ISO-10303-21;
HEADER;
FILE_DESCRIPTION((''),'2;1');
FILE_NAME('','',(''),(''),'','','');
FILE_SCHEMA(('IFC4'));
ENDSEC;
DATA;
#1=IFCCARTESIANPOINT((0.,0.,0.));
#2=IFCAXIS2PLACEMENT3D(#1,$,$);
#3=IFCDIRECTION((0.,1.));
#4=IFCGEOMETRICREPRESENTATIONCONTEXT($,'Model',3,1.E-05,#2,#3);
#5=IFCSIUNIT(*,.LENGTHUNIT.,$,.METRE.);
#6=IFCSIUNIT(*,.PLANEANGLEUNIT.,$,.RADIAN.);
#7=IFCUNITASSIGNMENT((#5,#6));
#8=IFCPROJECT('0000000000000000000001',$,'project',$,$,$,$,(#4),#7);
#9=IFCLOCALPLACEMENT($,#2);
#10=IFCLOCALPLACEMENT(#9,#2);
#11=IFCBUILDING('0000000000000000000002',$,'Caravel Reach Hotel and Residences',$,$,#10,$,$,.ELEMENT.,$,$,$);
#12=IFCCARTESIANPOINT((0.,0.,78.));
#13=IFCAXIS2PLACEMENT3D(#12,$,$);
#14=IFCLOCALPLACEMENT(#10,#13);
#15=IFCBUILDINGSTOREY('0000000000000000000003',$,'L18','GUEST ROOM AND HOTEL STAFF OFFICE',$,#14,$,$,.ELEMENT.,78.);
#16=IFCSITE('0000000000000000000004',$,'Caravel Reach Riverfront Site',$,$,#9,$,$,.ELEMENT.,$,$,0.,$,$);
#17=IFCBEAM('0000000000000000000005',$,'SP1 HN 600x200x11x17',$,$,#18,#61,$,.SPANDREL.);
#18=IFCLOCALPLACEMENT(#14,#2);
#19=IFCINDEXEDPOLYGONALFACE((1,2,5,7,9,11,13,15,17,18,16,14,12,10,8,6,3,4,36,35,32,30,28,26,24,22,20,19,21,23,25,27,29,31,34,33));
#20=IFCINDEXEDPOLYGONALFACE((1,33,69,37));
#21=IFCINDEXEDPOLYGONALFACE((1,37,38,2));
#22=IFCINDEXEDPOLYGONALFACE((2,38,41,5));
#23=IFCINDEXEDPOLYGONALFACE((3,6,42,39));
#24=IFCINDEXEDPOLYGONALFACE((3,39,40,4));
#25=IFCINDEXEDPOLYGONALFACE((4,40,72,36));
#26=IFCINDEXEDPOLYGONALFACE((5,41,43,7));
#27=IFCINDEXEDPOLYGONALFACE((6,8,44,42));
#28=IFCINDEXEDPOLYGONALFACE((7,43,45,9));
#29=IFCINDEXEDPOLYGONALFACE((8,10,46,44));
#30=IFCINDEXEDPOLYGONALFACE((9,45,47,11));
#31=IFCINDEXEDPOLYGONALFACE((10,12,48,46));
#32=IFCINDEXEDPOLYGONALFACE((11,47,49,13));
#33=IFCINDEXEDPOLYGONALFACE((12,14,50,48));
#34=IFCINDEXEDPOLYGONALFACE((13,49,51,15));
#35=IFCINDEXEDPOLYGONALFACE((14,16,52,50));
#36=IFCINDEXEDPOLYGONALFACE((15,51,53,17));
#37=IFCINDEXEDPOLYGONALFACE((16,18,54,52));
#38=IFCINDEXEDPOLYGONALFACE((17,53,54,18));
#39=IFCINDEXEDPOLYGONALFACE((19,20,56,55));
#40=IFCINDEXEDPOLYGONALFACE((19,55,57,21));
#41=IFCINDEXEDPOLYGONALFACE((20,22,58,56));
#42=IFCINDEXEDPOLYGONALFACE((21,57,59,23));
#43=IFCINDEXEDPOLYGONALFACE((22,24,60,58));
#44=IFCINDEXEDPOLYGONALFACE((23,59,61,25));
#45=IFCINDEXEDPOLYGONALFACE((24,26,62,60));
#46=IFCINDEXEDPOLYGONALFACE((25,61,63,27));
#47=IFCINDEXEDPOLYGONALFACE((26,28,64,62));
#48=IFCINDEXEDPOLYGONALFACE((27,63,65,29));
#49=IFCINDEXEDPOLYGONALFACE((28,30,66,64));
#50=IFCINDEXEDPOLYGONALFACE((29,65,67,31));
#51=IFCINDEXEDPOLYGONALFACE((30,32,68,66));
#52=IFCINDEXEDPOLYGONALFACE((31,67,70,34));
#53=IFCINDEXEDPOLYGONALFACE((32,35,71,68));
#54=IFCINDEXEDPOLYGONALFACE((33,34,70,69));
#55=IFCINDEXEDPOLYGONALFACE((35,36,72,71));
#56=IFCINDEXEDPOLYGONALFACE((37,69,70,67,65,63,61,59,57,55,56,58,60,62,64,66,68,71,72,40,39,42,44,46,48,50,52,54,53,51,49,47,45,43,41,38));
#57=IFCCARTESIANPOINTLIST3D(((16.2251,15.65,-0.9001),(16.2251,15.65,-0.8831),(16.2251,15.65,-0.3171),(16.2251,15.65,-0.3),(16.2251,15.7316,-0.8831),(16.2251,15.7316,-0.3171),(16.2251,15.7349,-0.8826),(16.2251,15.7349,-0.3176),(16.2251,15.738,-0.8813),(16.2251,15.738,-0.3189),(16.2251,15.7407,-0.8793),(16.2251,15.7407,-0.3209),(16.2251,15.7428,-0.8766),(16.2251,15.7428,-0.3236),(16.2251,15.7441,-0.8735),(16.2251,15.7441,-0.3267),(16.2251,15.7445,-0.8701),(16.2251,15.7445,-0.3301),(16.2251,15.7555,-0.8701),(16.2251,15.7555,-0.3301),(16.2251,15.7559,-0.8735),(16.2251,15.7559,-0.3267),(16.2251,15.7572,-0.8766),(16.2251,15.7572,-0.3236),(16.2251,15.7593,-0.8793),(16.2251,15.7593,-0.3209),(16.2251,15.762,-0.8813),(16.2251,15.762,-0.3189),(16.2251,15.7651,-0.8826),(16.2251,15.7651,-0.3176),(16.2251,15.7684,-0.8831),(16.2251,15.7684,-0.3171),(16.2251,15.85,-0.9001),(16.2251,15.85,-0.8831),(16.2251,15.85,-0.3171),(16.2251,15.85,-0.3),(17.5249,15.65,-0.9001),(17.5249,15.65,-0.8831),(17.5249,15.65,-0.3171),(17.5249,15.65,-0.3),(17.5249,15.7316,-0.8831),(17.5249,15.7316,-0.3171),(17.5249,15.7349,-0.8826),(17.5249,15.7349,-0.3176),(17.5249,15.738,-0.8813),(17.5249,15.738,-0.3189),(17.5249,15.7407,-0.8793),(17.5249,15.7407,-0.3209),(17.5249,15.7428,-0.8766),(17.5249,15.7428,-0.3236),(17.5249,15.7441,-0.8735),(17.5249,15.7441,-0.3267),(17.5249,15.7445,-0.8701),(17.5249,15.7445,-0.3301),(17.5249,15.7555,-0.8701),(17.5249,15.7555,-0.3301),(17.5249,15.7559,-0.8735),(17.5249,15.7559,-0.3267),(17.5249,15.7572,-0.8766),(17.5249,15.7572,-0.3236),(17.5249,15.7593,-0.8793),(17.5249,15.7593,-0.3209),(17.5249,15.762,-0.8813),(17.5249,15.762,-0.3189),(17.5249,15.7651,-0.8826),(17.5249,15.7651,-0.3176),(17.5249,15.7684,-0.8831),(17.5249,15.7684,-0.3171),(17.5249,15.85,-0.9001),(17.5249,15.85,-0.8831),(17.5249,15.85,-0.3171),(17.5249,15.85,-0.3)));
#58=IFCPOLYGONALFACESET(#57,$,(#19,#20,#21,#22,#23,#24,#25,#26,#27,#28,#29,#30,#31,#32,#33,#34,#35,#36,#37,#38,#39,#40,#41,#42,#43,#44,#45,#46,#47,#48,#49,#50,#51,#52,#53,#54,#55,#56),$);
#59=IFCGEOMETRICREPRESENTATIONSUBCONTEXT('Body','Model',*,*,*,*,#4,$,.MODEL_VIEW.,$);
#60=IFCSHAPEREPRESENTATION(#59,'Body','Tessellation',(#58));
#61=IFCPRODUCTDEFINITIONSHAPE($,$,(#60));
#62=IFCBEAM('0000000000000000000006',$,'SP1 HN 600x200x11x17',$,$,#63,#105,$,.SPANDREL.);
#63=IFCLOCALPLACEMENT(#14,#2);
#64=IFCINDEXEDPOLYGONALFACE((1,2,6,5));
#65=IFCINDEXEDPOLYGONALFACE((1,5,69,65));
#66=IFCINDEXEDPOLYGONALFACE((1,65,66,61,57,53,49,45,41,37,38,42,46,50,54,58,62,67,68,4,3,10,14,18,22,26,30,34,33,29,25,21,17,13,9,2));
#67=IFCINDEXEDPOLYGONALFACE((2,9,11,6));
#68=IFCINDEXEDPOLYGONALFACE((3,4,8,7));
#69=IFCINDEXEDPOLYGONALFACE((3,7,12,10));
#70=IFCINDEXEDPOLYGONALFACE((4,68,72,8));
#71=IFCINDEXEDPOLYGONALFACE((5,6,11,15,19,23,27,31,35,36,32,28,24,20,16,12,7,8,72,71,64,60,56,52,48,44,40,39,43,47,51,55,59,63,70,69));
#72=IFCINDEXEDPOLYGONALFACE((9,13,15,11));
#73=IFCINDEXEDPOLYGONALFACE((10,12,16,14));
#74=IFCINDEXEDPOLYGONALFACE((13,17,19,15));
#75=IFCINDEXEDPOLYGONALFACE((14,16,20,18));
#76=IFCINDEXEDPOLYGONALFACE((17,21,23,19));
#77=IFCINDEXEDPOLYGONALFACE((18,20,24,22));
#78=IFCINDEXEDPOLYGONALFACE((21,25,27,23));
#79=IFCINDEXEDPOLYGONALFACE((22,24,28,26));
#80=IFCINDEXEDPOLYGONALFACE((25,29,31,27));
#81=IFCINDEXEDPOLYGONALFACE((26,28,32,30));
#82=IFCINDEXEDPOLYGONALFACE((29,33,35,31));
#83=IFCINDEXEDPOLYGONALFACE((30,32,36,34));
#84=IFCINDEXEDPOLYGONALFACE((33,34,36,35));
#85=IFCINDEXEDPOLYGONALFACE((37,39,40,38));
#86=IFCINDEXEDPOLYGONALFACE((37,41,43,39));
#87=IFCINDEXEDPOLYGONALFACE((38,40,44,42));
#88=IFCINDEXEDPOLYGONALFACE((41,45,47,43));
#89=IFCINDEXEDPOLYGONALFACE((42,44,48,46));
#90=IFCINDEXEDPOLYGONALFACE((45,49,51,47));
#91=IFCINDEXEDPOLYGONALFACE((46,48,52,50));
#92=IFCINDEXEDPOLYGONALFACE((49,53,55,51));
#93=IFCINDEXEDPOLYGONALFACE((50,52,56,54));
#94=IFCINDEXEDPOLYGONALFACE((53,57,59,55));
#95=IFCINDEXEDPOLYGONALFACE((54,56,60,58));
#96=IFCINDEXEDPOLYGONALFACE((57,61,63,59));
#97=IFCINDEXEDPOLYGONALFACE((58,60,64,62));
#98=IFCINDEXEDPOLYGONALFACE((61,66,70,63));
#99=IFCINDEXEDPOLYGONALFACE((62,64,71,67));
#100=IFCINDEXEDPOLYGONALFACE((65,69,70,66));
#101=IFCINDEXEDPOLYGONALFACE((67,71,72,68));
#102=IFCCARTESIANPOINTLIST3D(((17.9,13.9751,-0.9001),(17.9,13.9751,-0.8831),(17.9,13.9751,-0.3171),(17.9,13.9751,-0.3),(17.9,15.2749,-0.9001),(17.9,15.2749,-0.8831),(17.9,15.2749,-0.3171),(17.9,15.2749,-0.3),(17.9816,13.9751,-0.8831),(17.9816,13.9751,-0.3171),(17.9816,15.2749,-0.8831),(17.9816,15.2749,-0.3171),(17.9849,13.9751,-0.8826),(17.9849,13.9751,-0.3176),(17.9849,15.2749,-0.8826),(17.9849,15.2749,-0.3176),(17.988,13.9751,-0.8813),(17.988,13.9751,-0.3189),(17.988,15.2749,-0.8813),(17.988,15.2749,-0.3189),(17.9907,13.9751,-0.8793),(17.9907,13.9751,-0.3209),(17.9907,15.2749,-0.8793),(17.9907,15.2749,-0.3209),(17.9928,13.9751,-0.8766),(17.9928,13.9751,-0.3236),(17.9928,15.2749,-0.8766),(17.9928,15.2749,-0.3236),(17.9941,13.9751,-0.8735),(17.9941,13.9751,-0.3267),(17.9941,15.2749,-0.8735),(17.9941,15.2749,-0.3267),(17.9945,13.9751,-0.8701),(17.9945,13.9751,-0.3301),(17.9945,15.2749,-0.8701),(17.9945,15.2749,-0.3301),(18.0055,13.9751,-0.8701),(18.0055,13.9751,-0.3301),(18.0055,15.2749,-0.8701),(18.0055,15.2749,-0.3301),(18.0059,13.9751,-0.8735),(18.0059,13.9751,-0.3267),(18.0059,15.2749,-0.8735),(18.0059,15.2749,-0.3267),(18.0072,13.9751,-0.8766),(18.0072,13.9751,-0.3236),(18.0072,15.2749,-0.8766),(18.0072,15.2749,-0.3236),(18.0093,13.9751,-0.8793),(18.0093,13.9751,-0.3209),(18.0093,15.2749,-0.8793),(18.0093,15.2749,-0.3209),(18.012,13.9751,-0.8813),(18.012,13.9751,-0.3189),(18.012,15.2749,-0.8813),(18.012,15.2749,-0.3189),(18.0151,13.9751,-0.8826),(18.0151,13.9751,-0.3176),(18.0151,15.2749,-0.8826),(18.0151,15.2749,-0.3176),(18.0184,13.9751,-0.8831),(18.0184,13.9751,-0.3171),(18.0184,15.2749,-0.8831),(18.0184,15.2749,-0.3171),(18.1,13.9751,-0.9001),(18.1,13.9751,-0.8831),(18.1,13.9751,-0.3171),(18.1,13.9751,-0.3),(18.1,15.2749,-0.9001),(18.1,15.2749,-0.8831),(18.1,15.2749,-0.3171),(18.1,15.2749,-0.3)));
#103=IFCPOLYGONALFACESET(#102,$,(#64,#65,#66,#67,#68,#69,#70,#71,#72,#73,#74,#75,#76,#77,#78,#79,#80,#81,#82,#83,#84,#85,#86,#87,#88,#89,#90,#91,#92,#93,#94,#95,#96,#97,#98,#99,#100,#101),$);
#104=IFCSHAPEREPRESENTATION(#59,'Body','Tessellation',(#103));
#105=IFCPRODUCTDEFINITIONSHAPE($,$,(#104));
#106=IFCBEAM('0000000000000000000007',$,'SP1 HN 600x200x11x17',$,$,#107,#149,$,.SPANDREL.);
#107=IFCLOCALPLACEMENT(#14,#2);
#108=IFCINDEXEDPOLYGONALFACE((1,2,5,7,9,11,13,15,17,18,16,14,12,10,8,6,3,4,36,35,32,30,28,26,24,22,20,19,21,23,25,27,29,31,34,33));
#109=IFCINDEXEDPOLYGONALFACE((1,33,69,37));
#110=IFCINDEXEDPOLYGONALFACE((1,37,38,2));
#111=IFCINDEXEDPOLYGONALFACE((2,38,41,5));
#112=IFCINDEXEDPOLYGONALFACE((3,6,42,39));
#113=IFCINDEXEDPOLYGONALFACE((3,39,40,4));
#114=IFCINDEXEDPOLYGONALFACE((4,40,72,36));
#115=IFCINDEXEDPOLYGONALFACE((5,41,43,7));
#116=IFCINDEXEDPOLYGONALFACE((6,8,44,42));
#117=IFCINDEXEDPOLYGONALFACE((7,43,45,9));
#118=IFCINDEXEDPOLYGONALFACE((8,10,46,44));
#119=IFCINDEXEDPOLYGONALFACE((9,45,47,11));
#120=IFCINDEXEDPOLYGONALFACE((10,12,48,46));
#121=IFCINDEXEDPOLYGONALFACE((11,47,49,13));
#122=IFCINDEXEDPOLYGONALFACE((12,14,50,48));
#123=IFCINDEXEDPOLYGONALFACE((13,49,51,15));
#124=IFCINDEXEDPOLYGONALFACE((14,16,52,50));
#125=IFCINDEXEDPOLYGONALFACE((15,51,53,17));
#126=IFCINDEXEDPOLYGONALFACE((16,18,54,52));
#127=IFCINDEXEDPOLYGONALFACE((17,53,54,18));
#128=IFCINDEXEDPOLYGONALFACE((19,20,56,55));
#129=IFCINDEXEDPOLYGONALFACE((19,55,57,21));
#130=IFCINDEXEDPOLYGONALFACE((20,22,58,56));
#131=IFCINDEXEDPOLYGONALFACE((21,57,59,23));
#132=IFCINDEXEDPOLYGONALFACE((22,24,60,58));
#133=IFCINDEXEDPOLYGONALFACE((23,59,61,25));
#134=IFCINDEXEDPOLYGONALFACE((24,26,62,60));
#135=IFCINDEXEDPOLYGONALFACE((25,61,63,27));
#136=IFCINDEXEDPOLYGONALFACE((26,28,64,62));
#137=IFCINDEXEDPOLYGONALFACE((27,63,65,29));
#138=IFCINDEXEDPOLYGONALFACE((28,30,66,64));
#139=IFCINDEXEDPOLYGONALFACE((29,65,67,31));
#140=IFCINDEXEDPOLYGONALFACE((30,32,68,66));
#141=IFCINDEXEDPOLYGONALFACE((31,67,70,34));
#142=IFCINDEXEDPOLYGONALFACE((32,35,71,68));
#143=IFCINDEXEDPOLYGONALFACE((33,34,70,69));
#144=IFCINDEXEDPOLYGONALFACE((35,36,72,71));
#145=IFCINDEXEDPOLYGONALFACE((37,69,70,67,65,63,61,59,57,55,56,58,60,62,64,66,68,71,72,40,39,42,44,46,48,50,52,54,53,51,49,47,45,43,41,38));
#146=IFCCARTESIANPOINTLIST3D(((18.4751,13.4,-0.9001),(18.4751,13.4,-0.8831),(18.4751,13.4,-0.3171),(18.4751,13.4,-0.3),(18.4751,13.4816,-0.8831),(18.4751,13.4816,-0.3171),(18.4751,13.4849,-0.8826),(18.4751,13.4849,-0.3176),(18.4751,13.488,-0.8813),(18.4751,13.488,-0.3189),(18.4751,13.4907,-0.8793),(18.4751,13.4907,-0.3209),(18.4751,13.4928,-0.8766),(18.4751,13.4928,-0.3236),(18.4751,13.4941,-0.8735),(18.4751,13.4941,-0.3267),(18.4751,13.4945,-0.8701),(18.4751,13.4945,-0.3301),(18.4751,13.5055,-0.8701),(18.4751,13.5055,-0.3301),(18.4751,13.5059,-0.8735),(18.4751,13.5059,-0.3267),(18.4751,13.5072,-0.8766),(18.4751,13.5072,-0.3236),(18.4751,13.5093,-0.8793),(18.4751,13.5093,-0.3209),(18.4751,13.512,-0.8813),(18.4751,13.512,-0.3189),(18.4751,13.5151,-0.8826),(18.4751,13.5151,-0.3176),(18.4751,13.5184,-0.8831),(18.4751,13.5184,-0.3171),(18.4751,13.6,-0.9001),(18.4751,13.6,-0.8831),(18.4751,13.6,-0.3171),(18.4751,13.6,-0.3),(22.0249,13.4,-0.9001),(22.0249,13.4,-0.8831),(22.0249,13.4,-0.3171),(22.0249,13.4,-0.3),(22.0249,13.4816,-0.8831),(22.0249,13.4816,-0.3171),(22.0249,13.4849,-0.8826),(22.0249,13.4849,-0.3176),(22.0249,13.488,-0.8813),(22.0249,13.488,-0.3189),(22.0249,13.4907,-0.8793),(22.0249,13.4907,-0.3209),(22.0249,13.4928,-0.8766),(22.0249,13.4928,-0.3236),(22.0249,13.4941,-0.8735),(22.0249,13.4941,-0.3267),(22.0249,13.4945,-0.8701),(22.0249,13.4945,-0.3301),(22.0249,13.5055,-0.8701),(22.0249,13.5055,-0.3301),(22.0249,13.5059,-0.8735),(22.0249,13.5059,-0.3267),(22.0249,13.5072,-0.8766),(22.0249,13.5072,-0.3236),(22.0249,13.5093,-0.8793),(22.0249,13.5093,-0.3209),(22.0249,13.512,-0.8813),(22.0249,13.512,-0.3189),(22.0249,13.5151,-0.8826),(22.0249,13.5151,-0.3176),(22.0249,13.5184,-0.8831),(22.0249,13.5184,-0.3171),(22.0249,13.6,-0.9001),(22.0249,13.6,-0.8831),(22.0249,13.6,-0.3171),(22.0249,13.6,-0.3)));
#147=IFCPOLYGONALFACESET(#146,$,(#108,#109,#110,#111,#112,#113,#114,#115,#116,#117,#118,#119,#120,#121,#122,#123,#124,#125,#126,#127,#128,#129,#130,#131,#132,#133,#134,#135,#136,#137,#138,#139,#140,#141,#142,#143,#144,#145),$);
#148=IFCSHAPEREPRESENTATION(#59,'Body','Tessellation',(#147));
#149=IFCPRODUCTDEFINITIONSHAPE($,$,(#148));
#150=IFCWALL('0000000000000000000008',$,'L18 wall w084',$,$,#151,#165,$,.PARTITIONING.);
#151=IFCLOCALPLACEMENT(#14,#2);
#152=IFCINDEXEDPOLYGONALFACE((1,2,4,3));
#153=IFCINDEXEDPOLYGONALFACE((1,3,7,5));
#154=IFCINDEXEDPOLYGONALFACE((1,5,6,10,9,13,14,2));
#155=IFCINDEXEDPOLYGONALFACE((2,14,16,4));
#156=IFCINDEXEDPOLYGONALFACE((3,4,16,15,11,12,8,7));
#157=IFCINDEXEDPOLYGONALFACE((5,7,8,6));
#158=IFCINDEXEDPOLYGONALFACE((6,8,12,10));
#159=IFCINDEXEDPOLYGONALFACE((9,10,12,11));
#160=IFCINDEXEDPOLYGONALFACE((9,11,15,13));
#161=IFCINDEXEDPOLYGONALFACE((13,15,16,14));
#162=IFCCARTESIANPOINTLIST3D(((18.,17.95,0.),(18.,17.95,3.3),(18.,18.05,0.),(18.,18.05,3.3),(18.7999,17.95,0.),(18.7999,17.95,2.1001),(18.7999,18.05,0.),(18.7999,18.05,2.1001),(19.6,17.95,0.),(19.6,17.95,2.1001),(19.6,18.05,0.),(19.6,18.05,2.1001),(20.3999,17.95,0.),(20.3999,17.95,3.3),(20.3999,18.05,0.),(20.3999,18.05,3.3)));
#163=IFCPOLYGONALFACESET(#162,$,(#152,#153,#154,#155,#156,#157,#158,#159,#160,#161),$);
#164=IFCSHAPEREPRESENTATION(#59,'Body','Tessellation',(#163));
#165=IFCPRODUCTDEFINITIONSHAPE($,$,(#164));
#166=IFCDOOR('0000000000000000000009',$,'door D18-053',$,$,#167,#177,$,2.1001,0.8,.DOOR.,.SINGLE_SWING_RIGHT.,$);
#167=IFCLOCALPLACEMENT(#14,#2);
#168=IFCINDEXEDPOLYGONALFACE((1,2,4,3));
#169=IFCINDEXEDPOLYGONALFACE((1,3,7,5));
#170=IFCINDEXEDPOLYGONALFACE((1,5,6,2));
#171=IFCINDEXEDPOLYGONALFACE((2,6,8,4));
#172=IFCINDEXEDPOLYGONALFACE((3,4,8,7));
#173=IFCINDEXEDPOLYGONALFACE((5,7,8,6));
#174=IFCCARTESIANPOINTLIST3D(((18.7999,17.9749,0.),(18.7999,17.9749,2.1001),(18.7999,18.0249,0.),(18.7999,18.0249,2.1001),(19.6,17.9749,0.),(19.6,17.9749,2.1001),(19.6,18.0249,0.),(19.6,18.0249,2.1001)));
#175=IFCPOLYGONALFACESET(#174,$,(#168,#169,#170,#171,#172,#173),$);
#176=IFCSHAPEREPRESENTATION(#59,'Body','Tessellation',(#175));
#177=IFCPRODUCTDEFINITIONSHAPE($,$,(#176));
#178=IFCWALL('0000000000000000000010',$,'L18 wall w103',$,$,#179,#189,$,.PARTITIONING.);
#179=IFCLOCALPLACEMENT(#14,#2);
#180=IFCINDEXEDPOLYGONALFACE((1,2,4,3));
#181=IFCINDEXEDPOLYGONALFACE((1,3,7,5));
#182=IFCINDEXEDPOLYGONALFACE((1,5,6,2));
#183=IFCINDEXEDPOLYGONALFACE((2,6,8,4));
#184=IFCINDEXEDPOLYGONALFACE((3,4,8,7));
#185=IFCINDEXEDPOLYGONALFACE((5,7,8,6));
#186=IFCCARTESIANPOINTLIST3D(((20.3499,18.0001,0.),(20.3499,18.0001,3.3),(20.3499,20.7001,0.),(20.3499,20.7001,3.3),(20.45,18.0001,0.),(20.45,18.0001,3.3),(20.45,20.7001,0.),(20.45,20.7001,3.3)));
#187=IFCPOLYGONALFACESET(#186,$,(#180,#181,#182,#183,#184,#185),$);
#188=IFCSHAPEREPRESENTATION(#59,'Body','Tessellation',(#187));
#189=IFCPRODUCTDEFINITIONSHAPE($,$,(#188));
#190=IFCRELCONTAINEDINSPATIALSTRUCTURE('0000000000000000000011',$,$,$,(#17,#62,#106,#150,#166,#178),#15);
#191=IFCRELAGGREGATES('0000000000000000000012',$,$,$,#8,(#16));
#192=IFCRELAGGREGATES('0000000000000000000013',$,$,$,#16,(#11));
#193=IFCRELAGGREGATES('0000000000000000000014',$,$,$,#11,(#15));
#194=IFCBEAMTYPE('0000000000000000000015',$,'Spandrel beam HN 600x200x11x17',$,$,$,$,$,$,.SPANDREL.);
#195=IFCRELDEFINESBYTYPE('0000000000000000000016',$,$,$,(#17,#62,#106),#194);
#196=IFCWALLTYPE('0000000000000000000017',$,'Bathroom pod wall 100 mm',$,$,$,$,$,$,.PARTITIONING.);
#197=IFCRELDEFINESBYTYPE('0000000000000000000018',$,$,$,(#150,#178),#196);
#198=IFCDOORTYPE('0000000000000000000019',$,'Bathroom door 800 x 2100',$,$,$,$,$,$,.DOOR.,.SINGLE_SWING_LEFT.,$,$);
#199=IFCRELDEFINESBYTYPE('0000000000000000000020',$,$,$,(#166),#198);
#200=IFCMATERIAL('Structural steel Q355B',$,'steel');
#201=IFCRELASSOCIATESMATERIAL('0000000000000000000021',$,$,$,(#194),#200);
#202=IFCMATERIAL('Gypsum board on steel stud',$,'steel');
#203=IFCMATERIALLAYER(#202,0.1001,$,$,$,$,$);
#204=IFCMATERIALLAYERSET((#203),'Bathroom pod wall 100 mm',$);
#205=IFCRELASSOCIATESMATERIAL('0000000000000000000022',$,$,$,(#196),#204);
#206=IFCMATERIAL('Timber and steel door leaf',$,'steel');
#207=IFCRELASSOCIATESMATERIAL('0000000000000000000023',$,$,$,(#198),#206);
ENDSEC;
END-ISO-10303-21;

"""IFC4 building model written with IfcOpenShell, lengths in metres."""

from ifc_helpers import new_model, si_unit, direction, frame, frame_2d, origin, origin_2d, place, context, subcontext, project, spatial, rectangle, i_section, extrude, material, layer, layer_set, material_profile, profile_set, type_object, element, fill, save


model = new_model("IFC4")

# Units and contexts
model_context = context("Model", 3, precision=1e-05, world=origin(), true_north=direction((0.0, 1.0)))
body_context = subcontext(model_context, "Body", "Model", "MODEL_VIEW")
ifc_project = project(units=[si_unit("LENGTHUNIT", "METRE"), si_unit("PLANEANGLEUNIT", "RADIAN")], contexts=[model_context])

# Site, building, storey
site_placement = place(None, origin())
site = spatial("IfcSite", under=ifc_project, at=site_placement, Name="Caravel Reach Riverfront Site", CompositionType="ELEMENT", RefElevation=0.0)
building_placement = place(site_placement, origin())
building = spatial("IfcBuilding", under=site, at=building_placement, Name="Caravel Reach Hotel and Residences", CompositionType="ELEMENT")
storey_placement = place(building_placement, frame((0.0, 0.0, 78.0)))
storey = spatial("IfcBuildingStorey", under=building, at=storey_placement, Name="L18", Description="GUEST ROOM AND HOTEL STAFF OFFICE", CompositionType="ELEMENT", Elevation=78.0)

# Beams
ifc_material_1 = material(Name="Structural steel Q355B", Category="steel")
ifc_material_profile_1 = material_profile(ifc_material_1, i_section(OverallWidth=0.2, OverallDepth=0.6001, WebThickness=0.011, FlangeThickness=0.0171, FilletRadius=0.0129, at=origin_2d()), Name="HN 600x200x11x17")
ifc_profile_set_1 = profile_set([ifc_material_profile_1], Name="Structural steel Q355B")
beam_type_1 = type_object("IfcBeamType", Name="Spandrel beam HN 600x200x11x17", PredefinedType="SPANDREL", material=ifc_profile_set_1)
for number, where, z_axis, x_axis, name in (
    (1, (16.2251, 15.75, -0.6001), (1.0, 0.0, 0.0), (0.0, 1.0, 0.0), "SP1 HN 600x200x11x17"),
    (2, (18.0, 15.2749, -0.6001), (0.0, -1.0, 0.0), (1.0, 0.0, 0.0), "SP1 HN 600x200x11x17"),
):
    element("IfcBeam", number, at=place(storey_placement, frame(where, z_axis=z_axis, x_axis=x_axis)), inside=storey, type_object=beam_type_1, Name=name, PredefinedType="SPANDREL", context=body_context, shape_type="SweptSolid", body=[
        extrude(i_section(OverallWidth=0.2, OverallDepth=0.6001, WebThickness=0.011, FlangeThickness=0.0171, FilletRadius=0.0129, at=origin_2d()), origin(), (0.0, 0.0, 1.0), 1.2998),
    ])
beam_1_placement = place(storey_placement, frame((18.4751, 13.5, -0.6001), z_axis=(1.0, 0.0, 0.0), x_axis=(0.0, 1.0, 0.0)))
element("IfcBeam", 3, at=beam_1_placement, inside=storey, type_object=beam_type_1, Name="SP1 HN 600x200x11x17", PredefinedType="SPANDREL", context=body_context, shape_type="SweptSolid", body=[
    extrude(i_section(OverallWidth=0.2, OverallDepth=0.6001, WebThickness=0.011, FlangeThickness=0.0171, FilletRadius=0.0129, at=origin_2d()), origin(), (0.0, 0.0, 1.0), 3.5498),
])

# Wall, opening, door
ifc_material_2 = material(Name="Gypsum board on steel stud", Category="steel")
ifc_layer_1 = layer(ifc_material_2, 0.1001)
ifc_layer_set_1 = layer_set([ifc_layer_1], Name="Bathroom pod wall 100 mm")
wall_type_1 = type_object("IfcWallType", Name="Bathroom pod wall 100 mm", PredefinedType="PARTITIONING", material=ifc_layer_set_1)
wall_1_placement = place(storey_placement, frame((18.0, 18.0, 0.0), z_axis=(0.0, 0.0, 1.0), x_axis=(1.0, 0.0, 0.0)))
wall_1 = element("IfcWall", 4, at=wall_1_placement, inside=storey, type_object=wall_type_1, Name="L18 wall w084", PredefinedType="PARTITIONING", context=body_context, shape_type="SweptSolid", body=[
    extrude(rectangle(XDim=2.3999, YDim=0.1001, at=frame_2d((1.2, 0.0))), origin(), (0.0, 0.0, 1.0), 3.3),
])
opening_1_placement = place(wall_1_placement, frame((0.8, 0.0, 0.0)))
opening_1 = element("IfcOpeningElement", 5, at=opening_1_placement, cuts=wall_1, PredefinedType="OPENING", context=body_context, shape_type="SweptSolid", body=[
    extrude(rectangle(XDim=0.8, YDim=2.1001, at=frame_2d((0.3999, 1.05))), frame((0.0, 0.0601, 0.0), z_axis=(0.0, -1.0, 0.0), x_axis=(1.0, 0.0, 0.0)), (0.0, 0.0, 1.0), 0.1201),
])
ifc_material_3 = material(Name="Timber and steel door leaf", Category="steel")
door_type_1 = type_object("IfcDoorType", Name="Bathroom door 800 x 2100", OperationType="SINGLE_SWING_LEFT", PredefinedType="DOOR", material=ifc_material_3)
door_1_placement = place(opening_1_placement, origin())
door_1 = element("IfcDoor", 6, at=door_1_placement, inside=storey, type_object=door_type_1, Name="door D18-053", OperationType="SINGLE_SWING_RIGHT", OverallHeight=2.1001, OverallWidth=0.8, PredefinedType="DOOR", context=body_context, shape_type="SweptSolid", body=[
    extrude(rectangle(XDim=0.8, YDim=2.1001, at=frame_2d((0.3999, 1.05))), frame((0.0, 0.0249, 0.0), z_axis=(0.0, -1.0, 0.0), x_axis=(1.0, 0.0, 0.0)), (0.0, 0.0, 1.0), 0.05),
])
fill(opening_1, door_1)

# Wall
wall_2_placement = place(storey_placement, frame((20.3999, 18.0, 0.0), z_axis=(0.0, 0.0, 1.0), x_axis=(0.0, 1.0, 0.0)))
element("IfcWall", 7, at=wall_2_placement, inside=storey, type_object=wall_type_1, Name="L18 wall w103", PredefinedType="PARTITIONING", context=body_context, shape_type="SweptSolid", body=[
    extrude(rectangle(XDim=2.7, YDim=0.1001, at=frame_2d((1.3501, 0.0))), origin(), (0.0, 0.0, 1.0), 3.3),
])

save(model, "model.ifc")
